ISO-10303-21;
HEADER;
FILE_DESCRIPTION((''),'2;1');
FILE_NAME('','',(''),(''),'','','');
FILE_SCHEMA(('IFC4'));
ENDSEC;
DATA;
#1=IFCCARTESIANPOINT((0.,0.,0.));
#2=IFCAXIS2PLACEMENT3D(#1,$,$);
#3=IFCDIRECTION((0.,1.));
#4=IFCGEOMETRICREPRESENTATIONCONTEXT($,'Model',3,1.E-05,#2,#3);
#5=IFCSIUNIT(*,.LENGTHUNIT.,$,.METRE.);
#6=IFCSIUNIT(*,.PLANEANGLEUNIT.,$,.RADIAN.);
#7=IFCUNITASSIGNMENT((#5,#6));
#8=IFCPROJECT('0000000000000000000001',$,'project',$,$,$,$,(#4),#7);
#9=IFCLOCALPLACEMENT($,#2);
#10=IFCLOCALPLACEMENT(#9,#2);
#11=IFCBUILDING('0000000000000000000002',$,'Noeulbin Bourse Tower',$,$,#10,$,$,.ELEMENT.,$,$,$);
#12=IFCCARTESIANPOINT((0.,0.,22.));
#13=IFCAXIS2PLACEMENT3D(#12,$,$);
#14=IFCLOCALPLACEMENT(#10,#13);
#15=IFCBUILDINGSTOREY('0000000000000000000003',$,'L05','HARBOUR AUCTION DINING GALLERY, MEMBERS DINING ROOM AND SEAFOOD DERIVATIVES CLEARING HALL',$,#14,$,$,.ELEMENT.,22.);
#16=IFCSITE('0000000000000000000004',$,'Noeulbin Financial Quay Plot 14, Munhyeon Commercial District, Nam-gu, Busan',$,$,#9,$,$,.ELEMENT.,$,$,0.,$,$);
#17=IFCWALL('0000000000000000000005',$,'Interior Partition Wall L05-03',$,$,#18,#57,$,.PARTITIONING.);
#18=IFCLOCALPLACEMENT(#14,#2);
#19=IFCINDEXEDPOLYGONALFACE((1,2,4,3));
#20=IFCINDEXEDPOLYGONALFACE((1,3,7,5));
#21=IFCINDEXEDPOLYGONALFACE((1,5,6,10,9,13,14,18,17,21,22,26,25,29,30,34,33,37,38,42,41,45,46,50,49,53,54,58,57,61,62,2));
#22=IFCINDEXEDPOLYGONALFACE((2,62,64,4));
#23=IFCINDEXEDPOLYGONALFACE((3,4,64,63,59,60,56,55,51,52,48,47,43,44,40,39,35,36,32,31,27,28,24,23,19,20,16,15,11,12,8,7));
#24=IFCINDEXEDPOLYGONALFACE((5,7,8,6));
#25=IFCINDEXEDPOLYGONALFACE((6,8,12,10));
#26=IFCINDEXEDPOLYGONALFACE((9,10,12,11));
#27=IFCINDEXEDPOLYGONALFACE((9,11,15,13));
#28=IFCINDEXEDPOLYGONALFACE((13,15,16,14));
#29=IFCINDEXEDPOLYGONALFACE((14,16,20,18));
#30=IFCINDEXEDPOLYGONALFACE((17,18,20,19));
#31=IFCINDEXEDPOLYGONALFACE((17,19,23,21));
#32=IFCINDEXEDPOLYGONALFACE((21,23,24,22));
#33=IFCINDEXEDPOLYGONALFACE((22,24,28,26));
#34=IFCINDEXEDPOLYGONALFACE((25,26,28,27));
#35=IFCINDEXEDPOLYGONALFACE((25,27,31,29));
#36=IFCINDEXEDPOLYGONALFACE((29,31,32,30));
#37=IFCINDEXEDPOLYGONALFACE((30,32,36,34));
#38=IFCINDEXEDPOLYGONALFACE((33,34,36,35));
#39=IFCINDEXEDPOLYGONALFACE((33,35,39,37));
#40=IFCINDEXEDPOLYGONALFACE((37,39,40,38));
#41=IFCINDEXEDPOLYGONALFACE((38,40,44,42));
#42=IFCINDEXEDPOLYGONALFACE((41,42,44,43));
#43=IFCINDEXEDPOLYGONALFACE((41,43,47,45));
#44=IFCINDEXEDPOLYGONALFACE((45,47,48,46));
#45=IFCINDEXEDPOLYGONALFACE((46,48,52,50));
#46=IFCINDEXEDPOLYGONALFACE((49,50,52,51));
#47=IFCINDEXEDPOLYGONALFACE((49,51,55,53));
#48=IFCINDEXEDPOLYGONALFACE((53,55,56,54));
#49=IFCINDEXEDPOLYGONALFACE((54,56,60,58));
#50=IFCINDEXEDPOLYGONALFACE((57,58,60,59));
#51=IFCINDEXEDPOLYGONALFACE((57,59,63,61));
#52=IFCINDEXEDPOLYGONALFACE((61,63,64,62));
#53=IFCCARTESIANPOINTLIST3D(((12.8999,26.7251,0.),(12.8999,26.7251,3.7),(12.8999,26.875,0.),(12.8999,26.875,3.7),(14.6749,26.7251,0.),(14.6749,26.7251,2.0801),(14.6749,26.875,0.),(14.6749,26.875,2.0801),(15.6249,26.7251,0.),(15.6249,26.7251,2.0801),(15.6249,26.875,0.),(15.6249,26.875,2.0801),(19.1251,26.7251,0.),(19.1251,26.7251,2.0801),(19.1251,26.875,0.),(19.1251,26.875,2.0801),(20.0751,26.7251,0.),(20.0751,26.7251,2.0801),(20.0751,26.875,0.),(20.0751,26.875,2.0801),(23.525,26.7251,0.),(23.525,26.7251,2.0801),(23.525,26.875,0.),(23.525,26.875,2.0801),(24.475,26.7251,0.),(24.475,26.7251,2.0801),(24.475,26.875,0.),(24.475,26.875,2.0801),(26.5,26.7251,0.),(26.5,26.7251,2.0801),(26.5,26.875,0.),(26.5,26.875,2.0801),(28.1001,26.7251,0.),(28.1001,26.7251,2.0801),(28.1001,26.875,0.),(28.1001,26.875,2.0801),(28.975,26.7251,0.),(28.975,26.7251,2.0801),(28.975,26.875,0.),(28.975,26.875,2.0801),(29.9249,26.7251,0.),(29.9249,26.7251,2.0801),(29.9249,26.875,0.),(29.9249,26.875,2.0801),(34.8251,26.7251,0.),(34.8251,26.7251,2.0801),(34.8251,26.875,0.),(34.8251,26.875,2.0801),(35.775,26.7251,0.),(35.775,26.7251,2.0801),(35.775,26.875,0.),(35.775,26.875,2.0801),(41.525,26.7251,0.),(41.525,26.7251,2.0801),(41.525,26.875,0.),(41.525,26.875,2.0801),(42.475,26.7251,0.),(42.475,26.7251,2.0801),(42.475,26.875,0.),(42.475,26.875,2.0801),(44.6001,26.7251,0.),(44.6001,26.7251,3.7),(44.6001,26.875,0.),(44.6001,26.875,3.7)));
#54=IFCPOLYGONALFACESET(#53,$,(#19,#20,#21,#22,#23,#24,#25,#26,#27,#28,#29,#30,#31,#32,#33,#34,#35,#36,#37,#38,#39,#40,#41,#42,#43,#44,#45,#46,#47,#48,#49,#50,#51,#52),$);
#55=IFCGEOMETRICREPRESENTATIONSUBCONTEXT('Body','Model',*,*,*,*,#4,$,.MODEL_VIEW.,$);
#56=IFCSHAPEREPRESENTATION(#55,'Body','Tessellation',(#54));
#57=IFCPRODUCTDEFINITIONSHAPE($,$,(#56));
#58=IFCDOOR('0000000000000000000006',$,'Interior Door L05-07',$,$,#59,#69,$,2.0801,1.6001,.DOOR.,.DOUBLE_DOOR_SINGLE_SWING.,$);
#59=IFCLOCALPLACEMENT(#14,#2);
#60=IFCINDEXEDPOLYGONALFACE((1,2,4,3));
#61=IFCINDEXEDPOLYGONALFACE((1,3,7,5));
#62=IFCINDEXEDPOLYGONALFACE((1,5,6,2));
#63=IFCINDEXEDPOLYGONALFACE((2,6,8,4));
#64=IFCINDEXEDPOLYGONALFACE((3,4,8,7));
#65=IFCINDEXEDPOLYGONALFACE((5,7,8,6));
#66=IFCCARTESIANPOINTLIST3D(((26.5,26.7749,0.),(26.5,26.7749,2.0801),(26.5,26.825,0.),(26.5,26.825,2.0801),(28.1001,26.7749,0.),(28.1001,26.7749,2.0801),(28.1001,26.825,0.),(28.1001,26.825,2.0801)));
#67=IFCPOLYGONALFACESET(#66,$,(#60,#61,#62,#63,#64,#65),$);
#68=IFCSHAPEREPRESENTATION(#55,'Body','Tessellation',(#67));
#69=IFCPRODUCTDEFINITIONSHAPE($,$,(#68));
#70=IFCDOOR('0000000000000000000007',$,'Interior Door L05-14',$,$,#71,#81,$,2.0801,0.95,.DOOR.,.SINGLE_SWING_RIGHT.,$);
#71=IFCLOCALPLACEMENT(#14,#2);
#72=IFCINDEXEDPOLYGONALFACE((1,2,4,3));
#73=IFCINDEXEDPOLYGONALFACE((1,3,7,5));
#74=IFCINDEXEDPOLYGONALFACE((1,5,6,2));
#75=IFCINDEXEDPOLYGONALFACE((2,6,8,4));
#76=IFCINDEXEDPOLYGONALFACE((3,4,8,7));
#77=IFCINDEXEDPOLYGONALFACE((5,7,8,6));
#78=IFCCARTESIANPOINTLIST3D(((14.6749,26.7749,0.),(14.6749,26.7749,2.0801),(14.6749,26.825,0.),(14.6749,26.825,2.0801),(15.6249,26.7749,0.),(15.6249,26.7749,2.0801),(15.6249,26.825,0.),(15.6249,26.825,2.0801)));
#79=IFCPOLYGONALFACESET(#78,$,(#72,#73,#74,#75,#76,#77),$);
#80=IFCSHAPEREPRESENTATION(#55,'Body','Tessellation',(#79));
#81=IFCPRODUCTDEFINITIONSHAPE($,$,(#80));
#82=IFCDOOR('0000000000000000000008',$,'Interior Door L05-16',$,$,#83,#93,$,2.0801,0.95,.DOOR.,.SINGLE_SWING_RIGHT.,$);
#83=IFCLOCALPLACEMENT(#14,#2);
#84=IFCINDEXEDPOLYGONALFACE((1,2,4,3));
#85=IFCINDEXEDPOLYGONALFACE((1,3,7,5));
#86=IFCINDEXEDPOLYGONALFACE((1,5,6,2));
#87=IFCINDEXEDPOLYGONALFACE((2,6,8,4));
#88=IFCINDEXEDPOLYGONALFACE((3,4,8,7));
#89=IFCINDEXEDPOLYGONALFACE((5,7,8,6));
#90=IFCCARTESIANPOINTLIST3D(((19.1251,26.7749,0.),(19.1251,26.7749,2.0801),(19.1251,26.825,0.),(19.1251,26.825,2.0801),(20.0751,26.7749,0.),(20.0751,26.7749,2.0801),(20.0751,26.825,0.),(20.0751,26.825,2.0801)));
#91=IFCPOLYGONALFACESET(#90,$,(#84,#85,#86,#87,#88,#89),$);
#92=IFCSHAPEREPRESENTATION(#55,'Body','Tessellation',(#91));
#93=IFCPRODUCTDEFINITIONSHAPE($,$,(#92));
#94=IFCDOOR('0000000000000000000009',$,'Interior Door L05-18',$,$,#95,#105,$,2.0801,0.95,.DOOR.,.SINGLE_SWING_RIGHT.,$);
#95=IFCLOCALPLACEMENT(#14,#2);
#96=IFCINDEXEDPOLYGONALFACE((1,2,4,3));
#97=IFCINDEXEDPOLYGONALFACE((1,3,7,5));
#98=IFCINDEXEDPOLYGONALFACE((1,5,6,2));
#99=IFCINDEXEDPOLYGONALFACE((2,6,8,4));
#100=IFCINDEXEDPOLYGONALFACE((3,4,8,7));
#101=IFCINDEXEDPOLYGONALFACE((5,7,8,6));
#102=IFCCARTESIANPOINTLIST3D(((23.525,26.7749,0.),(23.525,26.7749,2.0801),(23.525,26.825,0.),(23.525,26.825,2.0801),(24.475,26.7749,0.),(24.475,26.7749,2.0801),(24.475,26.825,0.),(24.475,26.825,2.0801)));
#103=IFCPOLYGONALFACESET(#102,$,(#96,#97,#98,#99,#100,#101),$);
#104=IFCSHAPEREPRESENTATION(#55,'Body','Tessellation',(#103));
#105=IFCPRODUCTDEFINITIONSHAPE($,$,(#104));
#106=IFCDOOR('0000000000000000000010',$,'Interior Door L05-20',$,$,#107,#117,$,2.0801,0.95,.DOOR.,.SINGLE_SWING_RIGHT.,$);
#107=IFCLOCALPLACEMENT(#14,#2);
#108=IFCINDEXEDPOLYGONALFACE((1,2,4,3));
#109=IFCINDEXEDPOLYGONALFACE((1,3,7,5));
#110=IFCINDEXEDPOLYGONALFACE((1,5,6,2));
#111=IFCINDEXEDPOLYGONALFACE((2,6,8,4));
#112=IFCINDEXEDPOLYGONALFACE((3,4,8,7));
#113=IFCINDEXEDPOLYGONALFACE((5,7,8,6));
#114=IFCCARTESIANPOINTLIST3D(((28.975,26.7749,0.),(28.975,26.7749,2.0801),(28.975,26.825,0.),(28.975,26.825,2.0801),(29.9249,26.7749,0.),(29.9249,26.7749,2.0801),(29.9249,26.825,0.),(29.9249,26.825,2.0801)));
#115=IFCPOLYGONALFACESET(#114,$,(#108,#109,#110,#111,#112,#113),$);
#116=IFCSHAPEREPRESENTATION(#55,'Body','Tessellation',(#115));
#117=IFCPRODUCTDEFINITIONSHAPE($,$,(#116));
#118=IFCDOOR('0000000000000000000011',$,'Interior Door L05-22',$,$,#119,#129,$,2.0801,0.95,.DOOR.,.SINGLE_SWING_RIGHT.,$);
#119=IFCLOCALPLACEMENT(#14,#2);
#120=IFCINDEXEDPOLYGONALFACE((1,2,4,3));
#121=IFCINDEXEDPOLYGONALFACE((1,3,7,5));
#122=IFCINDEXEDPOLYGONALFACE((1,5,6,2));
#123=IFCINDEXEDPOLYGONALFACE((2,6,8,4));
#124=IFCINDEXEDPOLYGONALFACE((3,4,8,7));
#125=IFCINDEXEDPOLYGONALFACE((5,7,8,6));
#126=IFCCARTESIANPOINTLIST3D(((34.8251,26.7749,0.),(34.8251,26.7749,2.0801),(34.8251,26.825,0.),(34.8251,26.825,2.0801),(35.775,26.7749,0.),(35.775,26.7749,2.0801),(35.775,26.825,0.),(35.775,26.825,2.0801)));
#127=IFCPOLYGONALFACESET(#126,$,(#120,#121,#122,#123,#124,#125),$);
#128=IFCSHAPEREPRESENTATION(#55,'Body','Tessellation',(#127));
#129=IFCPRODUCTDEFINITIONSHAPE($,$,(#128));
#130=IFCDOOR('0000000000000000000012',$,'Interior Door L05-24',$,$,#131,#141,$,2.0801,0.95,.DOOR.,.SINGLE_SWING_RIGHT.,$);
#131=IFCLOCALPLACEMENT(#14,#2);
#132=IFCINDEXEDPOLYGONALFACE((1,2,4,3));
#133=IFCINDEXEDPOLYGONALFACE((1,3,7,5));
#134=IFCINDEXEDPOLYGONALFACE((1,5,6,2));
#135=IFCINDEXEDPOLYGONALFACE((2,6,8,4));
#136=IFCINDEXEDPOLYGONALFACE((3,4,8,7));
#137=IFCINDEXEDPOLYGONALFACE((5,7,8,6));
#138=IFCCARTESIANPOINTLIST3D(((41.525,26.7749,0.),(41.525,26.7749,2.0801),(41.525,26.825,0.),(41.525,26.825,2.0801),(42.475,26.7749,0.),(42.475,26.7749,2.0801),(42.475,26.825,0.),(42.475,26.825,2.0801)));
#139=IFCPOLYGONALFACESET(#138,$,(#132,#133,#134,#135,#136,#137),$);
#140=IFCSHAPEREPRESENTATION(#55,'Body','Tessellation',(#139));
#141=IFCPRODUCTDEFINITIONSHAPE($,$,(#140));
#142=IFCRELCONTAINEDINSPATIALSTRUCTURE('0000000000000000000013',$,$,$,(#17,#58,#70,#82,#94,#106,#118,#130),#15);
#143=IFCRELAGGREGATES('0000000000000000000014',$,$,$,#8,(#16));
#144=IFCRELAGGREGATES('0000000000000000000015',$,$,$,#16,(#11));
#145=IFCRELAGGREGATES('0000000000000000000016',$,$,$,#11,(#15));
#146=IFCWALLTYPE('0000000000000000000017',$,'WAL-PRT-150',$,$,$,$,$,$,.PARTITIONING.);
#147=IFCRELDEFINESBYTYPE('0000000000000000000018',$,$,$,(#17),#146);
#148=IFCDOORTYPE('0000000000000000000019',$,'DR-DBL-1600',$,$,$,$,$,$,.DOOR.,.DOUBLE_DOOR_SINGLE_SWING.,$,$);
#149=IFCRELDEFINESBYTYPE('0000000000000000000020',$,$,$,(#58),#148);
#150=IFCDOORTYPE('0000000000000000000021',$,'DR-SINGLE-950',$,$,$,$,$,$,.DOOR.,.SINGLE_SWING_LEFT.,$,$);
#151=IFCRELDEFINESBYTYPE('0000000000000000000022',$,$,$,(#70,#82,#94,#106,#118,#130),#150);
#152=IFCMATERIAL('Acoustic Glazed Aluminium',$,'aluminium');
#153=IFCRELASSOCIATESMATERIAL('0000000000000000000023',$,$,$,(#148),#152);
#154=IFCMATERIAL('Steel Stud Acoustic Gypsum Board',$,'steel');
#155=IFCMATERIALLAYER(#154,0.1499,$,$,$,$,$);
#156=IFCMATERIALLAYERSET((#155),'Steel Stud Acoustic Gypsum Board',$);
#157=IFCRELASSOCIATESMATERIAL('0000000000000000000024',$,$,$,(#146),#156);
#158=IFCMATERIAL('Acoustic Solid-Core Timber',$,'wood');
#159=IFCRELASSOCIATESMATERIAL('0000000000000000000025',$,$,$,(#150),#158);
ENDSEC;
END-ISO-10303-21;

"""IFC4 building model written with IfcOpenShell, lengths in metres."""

from ifc_helpers import new_model, si_unit, direction, frame, frame_2d, origin, place, context, subcontext, project, spatial, rectangle, extrude, material, layer, layer_set, type_object, element, fill, save


model = new_model("IFC4")

# Units and contexts
model_context = context("Model", 3, precision=1e-05, world=origin(), true_north=direction((0.0, 1.0)))
body_context = subcontext(model_context, "Body", "Model", "MODEL_VIEW")
ifc_project = project(units=[si_unit("LENGTHUNIT", "METRE"), si_unit("PLANEANGLEUNIT", "RADIAN")], contexts=[model_context])

# Site, building, storey
site_placement = place(None, origin())
site = spatial("IfcSite", under=ifc_project, at=site_placement, Name="Noeulbin Financial Quay Plot 14, Munhyeon Commercial District, Nam-gu, Busan", CompositionType="ELEMENT", RefElevation=0.0)
building_placement = place(site_placement, origin())
building = spatial("IfcBuilding", under=site, at=building_placement, Name="Noeulbin Bourse Tower", CompositionType="ELEMENT")
storey_placement = place(building_placement, frame((0.0, 0.0, 22.0)))
storey = spatial("IfcBuildingStorey", under=building, at=storey_placement, Name="L05", Description="HARBOUR AUCTION DINING GALLERY, MEMBERS DINING ROOM AND SEAFOOD DERIVATIVES CLEARING HALL", CompositionType="ELEMENT", Elevation=22.0)

# Wall, openings, doors
ifc_material_1 = material(Name="Acoustic Glazed Aluminium", Category="aluminium")
door_type_1 = type_object("IfcDoorType", Name="DR-DBL-1600", OperationType="DOUBLE_DOOR_SINGLE_SWING", PredefinedType="DOOR", material=ifc_material_1)
ifc_material_2 = material(Name="Steel Stud Acoustic Gypsum Board", Category="steel")
ifc_layer_1 = layer(ifc_material_2, 0.1499)
ifc_layer_set_1 = layer_set([ifc_layer_1], Name="Steel Stud Acoustic Gypsum Board")
wall_type_1 = type_object("IfcWallType", Name="WAL-PRT-150", PredefinedType="PARTITIONING", material=ifc_layer_set_1)
wall_1_placement = place(storey_placement, frame((12.8999, 26.8, 0.0), z_axis=(0.0, 0.0, 1.0), x_axis=(1.0, 0.0, 0.0)))
wall_1 = element("IfcWall", 1, at=wall_1_placement, inside=storey, type_object=wall_type_1, Name="Interior Partition Wall L05-03", PredefinedType="PARTITIONING", context=body_context, shape_type="SweptSolid", body=[
    extrude(rectangle(XDim=31.7002, YDim=0.1499, at=frame_2d((15.8501, 0.0))), origin(), (0.0, 0.0, 1.0), 3.7),
])
opening_1_placement = place(wall_1_placement, frame((13.6001, 0.0, 0.0)))
opening_1 = element("IfcOpeningElement", 2, at=opening_1_placement, cuts=wall_1, PredefinedType="OPENING", context=body_context, shape_type="SweptSolid", body=[
    extrude(rectangle(XDim=1.6001, YDim=2.0801, at=frame_2d((0.8, 1.04))), frame((0.0, 0.085, 0.0), z_axis=(0.0, -1.0, 0.0), x_axis=(1.0, 0.0, 0.0)), (0.0, 0.0, 1.0), 0.1699),
])
opening_2_placement = place(wall_1_placement, frame((1.7749, 0.0, 0.0)))
opening_2 = element("IfcOpeningElement", 3, at=opening_2_placement, cuts=wall_1, PredefinedType="OPENING", context=body_context, shape_type="SweptSolid", body=[
    extrude(rectangle(XDim=0.95, YDim=2.0801, at=frame_2d((0.4751, 1.04))), frame((0.0, 0.085, 0.0), z_axis=(0.0, -1.0, 0.0), x_axis=(1.0, 0.0, 0.0)), (0.0, 0.0, 1.0), 0.1699),
])
opening_3_placement = place(wall_1_placement, frame((6.2251, 0.0, 0.0)))
opening_3 = element("IfcOpeningElement", 4, at=opening_3_placement, cuts=wall_1, PredefinedType="OPENING", context=body_context, shape_type="SweptSolid", body=[
    extrude(rectangle(XDim=0.95, YDim=2.0801, at=frame_2d((0.4751, 1.04))), frame((0.0, 0.085, 0.0), z_axis=(0.0, -1.0, 0.0), x_axis=(1.0, 0.0, 0.0)), (0.0, 0.0, 1.0), 0.1699),
])
opening_4_placement = place(wall_1_placement, frame((10.625, 0.0, 0.0)))
opening_4 = element("IfcOpeningElement", 5, at=opening_4_placement, cuts=wall_1, PredefinedType="OPENING", context=body_context, shape_type="SweptSolid", body=[
    extrude(rectangle(XDim=0.95, YDim=2.0801, at=frame_2d((0.4751, 1.04))), frame((0.0, 0.085, 0.0), z_axis=(0.0, -1.0, 0.0), x_axis=(1.0, 0.0, 0.0)), (0.0, 0.0, 1.0), 0.1699),
])
opening_5_placement = place(wall_1_placement, frame((16.075, 0.0, 0.0)))
opening_5 = element("IfcOpeningElement", 6, at=opening_5_placement, cuts=wall_1, PredefinedType="OPENING", context=body_context, shape_type="SweptSolid", body=[
    extrude(rectangle(XDim=0.95, YDim=2.0801, at=frame_2d((0.4751, 1.04))), frame((0.0, 0.085, 0.0), z_axis=(0.0, -1.0, 0.0), x_axis=(1.0, 0.0, 0.0)), (0.0, 0.0, 1.0), 0.1699),
])
opening_6_placement = place(wall_1_placement, frame((21.925, 0.0, 0.0)))
opening_6 = element("IfcOpeningElement", 7, at=opening_6_placement, cuts=wall_1, PredefinedType="OPENING", context=body_context, shape_type="SweptSolid", body=[
    extrude(rectangle(XDim=0.95, YDim=2.0801, at=frame_2d((0.4751, 1.04))), frame((0.0, 0.085, 0.0), z_axis=(0.0, -1.0, 0.0), x_axis=(1.0, 0.0, 0.0)), (0.0, 0.0, 1.0), 0.1699),
])
opening_7_placement = place(wall_1_placement, frame((28.625, 0.0, 0.0)))
opening_7 = element("IfcOpeningElement", 8, at=opening_7_placement, cuts=wall_1, PredefinedType="OPENING", context=body_context, shape_type="SweptSolid", body=[
    extrude(rectangle(XDim=0.95, YDim=2.0801, at=frame_2d((0.4751, 1.04))), frame((0.0, 0.085, 0.0), z_axis=(0.0, -1.0, 0.0), x_axis=(1.0, 0.0, 0.0)), (0.0, 0.0, 1.0), 0.1699),
])
door_1_placement = place(opening_1_placement, origin())
door_1 = element("IfcDoor", 9, at=door_1_placement, inside=storey, type_object=door_type_1, Name="Interior Door L05-07", OperationType="DOUBLE_DOOR_SINGLE_SWING", OverallHeight=2.0801, OverallWidth=1.6001, PredefinedType="DOOR", context=body_context, shape_type="SweptSolid", body=[
    extrude(rectangle(XDim=1.6001, YDim=2.0801, at=frame_2d((0.8, 1.04))), frame((0.0, 0.0249, 0.0), z_axis=(0.0, -1.0, 0.0), x_axis=(1.0, 0.0, 0.0)), (0.0, 0.0, 1.0), 0.05),
])
fill(opening_1, door_1)
ifc_material_3 = material(Name="Acoustic Solid-Core Timber", Category="wood")
door_type_2 = type_object("IfcDoorType", Name="DR-SINGLE-950", OperationType="SINGLE_SWING_LEFT", PredefinedType="DOOR", material=ifc_material_3)
door_2_placement = place(opening_2_placement, origin())
door_2 = element("IfcDoor", 10, at=door_2_placement, inside=storey, type_object=door_type_2, Name="Interior Door L05-14", OperationType="SINGLE_SWING_RIGHT", OverallHeight=2.0801, OverallWidth=0.95, PredefinedType="DOOR", context=body_context, shape_type="SweptSolid", body=[
    extrude(rectangle(XDim=0.95, YDim=2.0801, at=frame_2d((0.4751, 1.04))), frame((0.0, 0.0249, 0.0), z_axis=(0.0, -1.0, 0.0), x_axis=(1.0, 0.0, 0.0)), (0.0, 0.0, 1.0), 0.05),
])
fill(opening_2, door_2)
door_3_placement = place(opening_3_placement, origin())
door_3 = element("IfcDoor", 11, at=door_3_placement, inside=storey, type_object=door_type_2, Name="Interior Door L05-16", OperationType="SINGLE_SWING_RIGHT", OverallHeight=2.0801, OverallWidth=0.95, PredefinedType="DOOR", context=body_context, shape_type="SweptSolid", body=[
    extrude(rectangle(XDim=0.95, YDim=2.0801, at=frame_2d((0.4751, 1.04))), frame((0.0, 0.0249, 0.0), z_axis=(0.0, -1.0, 0.0), x_axis=(1.0, 0.0, 0.0)), (0.0, 0.0, 1.0), 0.05),
])
fill(opening_3, door_3)
door_4_placement = place(opening_4_placement, origin())
door_4 = element("IfcDoor", 12, at=door_4_placement, inside=storey, type_object=door_type_2, Name="Interior Door L05-18", OperationType="SINGLE_SWING_RIGHT", OverallHeight=2.0801, OverallWidth=0.95, PredefinedType="DOOR", context=body_context, shape_type="SweptSolid", body=[
    extrude(rectangle(XDim=0.95, YDim=2.0801, at=frame_2d((0.4751, 1.04))), frame((0.0, 0.0249, 0.0), z_axis=(0.0, -1.0, 0.0), x_axis=(1.0, 0.0, 0.0)), (0.0, 0.0, 1.0), 0.05),
])
fill(opening_4, door_4)
door_5_placement = place(opening_5_placement, origin())
door_5 = element("IfcDoor", 13, at=door_5_placement, inside=storey, type_object=door_type_2, Name="Interior Door L05-20", OperationType="SINGLE_SWING_RIGHT", OverallHeight=2.0801, OverallWidth=0.95, PredefinedType="DOOR", context=body_context, shape_type="SweptSolid", body=[
    extrude(rectangle(XDim=0.95, YDim=2.0801, at=frame_2d((0.4751, 1.04))), frame((0.0, 0.0249, 0.0), z_axis=(0.0, -1.0, 0.0), x_axis=(1.0, 0.0, 0.0)), (0.0, 0.0, 1.0), 0.05),
])
fill(opening_5, door_5)
door_6_placement = place(opening_6_placement, origin())
door_6 = element("IfcDoor", 14, at=door_6_placement, inside=storey, type_object=door_type_2, Name="Interior Door L05-22", OperationType="SINGLE_SWING_RIGHT", OverallHeight=2.0801, OverallWidth=0.95, PredefinedType="DOOR", context=body_context, shape_type="SweptSolid", body=[
    extrude(rectangle(XDim=0.95, YDim=2.0801, at=frame_2d((0.4751, 1.04))), frame((0.0, 0.0249, 0.0), z_axis=(0.0, -1.0, 0.0), x_axis=(1.0, 0.0, 0.0)), (0.0, 0.0, 1.0), 0.05),
])
fill(opening_6, door_6)
door_7_placement = place(opening_7_placement, origin())
door_7 = element("IfcDoor", 15, at=door_7_placement, inside=storey, type_object=door_type_2, Name="Interior Door L05-24", OperationType="SINGLE_SWING_RIGHT", OverallHeight=2.0801, OverallWidth=0.95, PredefinedType="DOOR", context=body_context, shape_type="SweptSolid", body=[
    extrude(rectangle(XDim=0.95, YDim=2.0801, at=frame_2d((0.4751, 1.04))), frame((0.0, 0.0249, 0.0), z_axis=(0.0, -1.0, 0.0), x_axis=(1.0, 0.0, 0.0)), (0.0, 0.0, 1.0), 0.05),
])
fill(opening_7, door_7)

save(model, "model.ifc")
